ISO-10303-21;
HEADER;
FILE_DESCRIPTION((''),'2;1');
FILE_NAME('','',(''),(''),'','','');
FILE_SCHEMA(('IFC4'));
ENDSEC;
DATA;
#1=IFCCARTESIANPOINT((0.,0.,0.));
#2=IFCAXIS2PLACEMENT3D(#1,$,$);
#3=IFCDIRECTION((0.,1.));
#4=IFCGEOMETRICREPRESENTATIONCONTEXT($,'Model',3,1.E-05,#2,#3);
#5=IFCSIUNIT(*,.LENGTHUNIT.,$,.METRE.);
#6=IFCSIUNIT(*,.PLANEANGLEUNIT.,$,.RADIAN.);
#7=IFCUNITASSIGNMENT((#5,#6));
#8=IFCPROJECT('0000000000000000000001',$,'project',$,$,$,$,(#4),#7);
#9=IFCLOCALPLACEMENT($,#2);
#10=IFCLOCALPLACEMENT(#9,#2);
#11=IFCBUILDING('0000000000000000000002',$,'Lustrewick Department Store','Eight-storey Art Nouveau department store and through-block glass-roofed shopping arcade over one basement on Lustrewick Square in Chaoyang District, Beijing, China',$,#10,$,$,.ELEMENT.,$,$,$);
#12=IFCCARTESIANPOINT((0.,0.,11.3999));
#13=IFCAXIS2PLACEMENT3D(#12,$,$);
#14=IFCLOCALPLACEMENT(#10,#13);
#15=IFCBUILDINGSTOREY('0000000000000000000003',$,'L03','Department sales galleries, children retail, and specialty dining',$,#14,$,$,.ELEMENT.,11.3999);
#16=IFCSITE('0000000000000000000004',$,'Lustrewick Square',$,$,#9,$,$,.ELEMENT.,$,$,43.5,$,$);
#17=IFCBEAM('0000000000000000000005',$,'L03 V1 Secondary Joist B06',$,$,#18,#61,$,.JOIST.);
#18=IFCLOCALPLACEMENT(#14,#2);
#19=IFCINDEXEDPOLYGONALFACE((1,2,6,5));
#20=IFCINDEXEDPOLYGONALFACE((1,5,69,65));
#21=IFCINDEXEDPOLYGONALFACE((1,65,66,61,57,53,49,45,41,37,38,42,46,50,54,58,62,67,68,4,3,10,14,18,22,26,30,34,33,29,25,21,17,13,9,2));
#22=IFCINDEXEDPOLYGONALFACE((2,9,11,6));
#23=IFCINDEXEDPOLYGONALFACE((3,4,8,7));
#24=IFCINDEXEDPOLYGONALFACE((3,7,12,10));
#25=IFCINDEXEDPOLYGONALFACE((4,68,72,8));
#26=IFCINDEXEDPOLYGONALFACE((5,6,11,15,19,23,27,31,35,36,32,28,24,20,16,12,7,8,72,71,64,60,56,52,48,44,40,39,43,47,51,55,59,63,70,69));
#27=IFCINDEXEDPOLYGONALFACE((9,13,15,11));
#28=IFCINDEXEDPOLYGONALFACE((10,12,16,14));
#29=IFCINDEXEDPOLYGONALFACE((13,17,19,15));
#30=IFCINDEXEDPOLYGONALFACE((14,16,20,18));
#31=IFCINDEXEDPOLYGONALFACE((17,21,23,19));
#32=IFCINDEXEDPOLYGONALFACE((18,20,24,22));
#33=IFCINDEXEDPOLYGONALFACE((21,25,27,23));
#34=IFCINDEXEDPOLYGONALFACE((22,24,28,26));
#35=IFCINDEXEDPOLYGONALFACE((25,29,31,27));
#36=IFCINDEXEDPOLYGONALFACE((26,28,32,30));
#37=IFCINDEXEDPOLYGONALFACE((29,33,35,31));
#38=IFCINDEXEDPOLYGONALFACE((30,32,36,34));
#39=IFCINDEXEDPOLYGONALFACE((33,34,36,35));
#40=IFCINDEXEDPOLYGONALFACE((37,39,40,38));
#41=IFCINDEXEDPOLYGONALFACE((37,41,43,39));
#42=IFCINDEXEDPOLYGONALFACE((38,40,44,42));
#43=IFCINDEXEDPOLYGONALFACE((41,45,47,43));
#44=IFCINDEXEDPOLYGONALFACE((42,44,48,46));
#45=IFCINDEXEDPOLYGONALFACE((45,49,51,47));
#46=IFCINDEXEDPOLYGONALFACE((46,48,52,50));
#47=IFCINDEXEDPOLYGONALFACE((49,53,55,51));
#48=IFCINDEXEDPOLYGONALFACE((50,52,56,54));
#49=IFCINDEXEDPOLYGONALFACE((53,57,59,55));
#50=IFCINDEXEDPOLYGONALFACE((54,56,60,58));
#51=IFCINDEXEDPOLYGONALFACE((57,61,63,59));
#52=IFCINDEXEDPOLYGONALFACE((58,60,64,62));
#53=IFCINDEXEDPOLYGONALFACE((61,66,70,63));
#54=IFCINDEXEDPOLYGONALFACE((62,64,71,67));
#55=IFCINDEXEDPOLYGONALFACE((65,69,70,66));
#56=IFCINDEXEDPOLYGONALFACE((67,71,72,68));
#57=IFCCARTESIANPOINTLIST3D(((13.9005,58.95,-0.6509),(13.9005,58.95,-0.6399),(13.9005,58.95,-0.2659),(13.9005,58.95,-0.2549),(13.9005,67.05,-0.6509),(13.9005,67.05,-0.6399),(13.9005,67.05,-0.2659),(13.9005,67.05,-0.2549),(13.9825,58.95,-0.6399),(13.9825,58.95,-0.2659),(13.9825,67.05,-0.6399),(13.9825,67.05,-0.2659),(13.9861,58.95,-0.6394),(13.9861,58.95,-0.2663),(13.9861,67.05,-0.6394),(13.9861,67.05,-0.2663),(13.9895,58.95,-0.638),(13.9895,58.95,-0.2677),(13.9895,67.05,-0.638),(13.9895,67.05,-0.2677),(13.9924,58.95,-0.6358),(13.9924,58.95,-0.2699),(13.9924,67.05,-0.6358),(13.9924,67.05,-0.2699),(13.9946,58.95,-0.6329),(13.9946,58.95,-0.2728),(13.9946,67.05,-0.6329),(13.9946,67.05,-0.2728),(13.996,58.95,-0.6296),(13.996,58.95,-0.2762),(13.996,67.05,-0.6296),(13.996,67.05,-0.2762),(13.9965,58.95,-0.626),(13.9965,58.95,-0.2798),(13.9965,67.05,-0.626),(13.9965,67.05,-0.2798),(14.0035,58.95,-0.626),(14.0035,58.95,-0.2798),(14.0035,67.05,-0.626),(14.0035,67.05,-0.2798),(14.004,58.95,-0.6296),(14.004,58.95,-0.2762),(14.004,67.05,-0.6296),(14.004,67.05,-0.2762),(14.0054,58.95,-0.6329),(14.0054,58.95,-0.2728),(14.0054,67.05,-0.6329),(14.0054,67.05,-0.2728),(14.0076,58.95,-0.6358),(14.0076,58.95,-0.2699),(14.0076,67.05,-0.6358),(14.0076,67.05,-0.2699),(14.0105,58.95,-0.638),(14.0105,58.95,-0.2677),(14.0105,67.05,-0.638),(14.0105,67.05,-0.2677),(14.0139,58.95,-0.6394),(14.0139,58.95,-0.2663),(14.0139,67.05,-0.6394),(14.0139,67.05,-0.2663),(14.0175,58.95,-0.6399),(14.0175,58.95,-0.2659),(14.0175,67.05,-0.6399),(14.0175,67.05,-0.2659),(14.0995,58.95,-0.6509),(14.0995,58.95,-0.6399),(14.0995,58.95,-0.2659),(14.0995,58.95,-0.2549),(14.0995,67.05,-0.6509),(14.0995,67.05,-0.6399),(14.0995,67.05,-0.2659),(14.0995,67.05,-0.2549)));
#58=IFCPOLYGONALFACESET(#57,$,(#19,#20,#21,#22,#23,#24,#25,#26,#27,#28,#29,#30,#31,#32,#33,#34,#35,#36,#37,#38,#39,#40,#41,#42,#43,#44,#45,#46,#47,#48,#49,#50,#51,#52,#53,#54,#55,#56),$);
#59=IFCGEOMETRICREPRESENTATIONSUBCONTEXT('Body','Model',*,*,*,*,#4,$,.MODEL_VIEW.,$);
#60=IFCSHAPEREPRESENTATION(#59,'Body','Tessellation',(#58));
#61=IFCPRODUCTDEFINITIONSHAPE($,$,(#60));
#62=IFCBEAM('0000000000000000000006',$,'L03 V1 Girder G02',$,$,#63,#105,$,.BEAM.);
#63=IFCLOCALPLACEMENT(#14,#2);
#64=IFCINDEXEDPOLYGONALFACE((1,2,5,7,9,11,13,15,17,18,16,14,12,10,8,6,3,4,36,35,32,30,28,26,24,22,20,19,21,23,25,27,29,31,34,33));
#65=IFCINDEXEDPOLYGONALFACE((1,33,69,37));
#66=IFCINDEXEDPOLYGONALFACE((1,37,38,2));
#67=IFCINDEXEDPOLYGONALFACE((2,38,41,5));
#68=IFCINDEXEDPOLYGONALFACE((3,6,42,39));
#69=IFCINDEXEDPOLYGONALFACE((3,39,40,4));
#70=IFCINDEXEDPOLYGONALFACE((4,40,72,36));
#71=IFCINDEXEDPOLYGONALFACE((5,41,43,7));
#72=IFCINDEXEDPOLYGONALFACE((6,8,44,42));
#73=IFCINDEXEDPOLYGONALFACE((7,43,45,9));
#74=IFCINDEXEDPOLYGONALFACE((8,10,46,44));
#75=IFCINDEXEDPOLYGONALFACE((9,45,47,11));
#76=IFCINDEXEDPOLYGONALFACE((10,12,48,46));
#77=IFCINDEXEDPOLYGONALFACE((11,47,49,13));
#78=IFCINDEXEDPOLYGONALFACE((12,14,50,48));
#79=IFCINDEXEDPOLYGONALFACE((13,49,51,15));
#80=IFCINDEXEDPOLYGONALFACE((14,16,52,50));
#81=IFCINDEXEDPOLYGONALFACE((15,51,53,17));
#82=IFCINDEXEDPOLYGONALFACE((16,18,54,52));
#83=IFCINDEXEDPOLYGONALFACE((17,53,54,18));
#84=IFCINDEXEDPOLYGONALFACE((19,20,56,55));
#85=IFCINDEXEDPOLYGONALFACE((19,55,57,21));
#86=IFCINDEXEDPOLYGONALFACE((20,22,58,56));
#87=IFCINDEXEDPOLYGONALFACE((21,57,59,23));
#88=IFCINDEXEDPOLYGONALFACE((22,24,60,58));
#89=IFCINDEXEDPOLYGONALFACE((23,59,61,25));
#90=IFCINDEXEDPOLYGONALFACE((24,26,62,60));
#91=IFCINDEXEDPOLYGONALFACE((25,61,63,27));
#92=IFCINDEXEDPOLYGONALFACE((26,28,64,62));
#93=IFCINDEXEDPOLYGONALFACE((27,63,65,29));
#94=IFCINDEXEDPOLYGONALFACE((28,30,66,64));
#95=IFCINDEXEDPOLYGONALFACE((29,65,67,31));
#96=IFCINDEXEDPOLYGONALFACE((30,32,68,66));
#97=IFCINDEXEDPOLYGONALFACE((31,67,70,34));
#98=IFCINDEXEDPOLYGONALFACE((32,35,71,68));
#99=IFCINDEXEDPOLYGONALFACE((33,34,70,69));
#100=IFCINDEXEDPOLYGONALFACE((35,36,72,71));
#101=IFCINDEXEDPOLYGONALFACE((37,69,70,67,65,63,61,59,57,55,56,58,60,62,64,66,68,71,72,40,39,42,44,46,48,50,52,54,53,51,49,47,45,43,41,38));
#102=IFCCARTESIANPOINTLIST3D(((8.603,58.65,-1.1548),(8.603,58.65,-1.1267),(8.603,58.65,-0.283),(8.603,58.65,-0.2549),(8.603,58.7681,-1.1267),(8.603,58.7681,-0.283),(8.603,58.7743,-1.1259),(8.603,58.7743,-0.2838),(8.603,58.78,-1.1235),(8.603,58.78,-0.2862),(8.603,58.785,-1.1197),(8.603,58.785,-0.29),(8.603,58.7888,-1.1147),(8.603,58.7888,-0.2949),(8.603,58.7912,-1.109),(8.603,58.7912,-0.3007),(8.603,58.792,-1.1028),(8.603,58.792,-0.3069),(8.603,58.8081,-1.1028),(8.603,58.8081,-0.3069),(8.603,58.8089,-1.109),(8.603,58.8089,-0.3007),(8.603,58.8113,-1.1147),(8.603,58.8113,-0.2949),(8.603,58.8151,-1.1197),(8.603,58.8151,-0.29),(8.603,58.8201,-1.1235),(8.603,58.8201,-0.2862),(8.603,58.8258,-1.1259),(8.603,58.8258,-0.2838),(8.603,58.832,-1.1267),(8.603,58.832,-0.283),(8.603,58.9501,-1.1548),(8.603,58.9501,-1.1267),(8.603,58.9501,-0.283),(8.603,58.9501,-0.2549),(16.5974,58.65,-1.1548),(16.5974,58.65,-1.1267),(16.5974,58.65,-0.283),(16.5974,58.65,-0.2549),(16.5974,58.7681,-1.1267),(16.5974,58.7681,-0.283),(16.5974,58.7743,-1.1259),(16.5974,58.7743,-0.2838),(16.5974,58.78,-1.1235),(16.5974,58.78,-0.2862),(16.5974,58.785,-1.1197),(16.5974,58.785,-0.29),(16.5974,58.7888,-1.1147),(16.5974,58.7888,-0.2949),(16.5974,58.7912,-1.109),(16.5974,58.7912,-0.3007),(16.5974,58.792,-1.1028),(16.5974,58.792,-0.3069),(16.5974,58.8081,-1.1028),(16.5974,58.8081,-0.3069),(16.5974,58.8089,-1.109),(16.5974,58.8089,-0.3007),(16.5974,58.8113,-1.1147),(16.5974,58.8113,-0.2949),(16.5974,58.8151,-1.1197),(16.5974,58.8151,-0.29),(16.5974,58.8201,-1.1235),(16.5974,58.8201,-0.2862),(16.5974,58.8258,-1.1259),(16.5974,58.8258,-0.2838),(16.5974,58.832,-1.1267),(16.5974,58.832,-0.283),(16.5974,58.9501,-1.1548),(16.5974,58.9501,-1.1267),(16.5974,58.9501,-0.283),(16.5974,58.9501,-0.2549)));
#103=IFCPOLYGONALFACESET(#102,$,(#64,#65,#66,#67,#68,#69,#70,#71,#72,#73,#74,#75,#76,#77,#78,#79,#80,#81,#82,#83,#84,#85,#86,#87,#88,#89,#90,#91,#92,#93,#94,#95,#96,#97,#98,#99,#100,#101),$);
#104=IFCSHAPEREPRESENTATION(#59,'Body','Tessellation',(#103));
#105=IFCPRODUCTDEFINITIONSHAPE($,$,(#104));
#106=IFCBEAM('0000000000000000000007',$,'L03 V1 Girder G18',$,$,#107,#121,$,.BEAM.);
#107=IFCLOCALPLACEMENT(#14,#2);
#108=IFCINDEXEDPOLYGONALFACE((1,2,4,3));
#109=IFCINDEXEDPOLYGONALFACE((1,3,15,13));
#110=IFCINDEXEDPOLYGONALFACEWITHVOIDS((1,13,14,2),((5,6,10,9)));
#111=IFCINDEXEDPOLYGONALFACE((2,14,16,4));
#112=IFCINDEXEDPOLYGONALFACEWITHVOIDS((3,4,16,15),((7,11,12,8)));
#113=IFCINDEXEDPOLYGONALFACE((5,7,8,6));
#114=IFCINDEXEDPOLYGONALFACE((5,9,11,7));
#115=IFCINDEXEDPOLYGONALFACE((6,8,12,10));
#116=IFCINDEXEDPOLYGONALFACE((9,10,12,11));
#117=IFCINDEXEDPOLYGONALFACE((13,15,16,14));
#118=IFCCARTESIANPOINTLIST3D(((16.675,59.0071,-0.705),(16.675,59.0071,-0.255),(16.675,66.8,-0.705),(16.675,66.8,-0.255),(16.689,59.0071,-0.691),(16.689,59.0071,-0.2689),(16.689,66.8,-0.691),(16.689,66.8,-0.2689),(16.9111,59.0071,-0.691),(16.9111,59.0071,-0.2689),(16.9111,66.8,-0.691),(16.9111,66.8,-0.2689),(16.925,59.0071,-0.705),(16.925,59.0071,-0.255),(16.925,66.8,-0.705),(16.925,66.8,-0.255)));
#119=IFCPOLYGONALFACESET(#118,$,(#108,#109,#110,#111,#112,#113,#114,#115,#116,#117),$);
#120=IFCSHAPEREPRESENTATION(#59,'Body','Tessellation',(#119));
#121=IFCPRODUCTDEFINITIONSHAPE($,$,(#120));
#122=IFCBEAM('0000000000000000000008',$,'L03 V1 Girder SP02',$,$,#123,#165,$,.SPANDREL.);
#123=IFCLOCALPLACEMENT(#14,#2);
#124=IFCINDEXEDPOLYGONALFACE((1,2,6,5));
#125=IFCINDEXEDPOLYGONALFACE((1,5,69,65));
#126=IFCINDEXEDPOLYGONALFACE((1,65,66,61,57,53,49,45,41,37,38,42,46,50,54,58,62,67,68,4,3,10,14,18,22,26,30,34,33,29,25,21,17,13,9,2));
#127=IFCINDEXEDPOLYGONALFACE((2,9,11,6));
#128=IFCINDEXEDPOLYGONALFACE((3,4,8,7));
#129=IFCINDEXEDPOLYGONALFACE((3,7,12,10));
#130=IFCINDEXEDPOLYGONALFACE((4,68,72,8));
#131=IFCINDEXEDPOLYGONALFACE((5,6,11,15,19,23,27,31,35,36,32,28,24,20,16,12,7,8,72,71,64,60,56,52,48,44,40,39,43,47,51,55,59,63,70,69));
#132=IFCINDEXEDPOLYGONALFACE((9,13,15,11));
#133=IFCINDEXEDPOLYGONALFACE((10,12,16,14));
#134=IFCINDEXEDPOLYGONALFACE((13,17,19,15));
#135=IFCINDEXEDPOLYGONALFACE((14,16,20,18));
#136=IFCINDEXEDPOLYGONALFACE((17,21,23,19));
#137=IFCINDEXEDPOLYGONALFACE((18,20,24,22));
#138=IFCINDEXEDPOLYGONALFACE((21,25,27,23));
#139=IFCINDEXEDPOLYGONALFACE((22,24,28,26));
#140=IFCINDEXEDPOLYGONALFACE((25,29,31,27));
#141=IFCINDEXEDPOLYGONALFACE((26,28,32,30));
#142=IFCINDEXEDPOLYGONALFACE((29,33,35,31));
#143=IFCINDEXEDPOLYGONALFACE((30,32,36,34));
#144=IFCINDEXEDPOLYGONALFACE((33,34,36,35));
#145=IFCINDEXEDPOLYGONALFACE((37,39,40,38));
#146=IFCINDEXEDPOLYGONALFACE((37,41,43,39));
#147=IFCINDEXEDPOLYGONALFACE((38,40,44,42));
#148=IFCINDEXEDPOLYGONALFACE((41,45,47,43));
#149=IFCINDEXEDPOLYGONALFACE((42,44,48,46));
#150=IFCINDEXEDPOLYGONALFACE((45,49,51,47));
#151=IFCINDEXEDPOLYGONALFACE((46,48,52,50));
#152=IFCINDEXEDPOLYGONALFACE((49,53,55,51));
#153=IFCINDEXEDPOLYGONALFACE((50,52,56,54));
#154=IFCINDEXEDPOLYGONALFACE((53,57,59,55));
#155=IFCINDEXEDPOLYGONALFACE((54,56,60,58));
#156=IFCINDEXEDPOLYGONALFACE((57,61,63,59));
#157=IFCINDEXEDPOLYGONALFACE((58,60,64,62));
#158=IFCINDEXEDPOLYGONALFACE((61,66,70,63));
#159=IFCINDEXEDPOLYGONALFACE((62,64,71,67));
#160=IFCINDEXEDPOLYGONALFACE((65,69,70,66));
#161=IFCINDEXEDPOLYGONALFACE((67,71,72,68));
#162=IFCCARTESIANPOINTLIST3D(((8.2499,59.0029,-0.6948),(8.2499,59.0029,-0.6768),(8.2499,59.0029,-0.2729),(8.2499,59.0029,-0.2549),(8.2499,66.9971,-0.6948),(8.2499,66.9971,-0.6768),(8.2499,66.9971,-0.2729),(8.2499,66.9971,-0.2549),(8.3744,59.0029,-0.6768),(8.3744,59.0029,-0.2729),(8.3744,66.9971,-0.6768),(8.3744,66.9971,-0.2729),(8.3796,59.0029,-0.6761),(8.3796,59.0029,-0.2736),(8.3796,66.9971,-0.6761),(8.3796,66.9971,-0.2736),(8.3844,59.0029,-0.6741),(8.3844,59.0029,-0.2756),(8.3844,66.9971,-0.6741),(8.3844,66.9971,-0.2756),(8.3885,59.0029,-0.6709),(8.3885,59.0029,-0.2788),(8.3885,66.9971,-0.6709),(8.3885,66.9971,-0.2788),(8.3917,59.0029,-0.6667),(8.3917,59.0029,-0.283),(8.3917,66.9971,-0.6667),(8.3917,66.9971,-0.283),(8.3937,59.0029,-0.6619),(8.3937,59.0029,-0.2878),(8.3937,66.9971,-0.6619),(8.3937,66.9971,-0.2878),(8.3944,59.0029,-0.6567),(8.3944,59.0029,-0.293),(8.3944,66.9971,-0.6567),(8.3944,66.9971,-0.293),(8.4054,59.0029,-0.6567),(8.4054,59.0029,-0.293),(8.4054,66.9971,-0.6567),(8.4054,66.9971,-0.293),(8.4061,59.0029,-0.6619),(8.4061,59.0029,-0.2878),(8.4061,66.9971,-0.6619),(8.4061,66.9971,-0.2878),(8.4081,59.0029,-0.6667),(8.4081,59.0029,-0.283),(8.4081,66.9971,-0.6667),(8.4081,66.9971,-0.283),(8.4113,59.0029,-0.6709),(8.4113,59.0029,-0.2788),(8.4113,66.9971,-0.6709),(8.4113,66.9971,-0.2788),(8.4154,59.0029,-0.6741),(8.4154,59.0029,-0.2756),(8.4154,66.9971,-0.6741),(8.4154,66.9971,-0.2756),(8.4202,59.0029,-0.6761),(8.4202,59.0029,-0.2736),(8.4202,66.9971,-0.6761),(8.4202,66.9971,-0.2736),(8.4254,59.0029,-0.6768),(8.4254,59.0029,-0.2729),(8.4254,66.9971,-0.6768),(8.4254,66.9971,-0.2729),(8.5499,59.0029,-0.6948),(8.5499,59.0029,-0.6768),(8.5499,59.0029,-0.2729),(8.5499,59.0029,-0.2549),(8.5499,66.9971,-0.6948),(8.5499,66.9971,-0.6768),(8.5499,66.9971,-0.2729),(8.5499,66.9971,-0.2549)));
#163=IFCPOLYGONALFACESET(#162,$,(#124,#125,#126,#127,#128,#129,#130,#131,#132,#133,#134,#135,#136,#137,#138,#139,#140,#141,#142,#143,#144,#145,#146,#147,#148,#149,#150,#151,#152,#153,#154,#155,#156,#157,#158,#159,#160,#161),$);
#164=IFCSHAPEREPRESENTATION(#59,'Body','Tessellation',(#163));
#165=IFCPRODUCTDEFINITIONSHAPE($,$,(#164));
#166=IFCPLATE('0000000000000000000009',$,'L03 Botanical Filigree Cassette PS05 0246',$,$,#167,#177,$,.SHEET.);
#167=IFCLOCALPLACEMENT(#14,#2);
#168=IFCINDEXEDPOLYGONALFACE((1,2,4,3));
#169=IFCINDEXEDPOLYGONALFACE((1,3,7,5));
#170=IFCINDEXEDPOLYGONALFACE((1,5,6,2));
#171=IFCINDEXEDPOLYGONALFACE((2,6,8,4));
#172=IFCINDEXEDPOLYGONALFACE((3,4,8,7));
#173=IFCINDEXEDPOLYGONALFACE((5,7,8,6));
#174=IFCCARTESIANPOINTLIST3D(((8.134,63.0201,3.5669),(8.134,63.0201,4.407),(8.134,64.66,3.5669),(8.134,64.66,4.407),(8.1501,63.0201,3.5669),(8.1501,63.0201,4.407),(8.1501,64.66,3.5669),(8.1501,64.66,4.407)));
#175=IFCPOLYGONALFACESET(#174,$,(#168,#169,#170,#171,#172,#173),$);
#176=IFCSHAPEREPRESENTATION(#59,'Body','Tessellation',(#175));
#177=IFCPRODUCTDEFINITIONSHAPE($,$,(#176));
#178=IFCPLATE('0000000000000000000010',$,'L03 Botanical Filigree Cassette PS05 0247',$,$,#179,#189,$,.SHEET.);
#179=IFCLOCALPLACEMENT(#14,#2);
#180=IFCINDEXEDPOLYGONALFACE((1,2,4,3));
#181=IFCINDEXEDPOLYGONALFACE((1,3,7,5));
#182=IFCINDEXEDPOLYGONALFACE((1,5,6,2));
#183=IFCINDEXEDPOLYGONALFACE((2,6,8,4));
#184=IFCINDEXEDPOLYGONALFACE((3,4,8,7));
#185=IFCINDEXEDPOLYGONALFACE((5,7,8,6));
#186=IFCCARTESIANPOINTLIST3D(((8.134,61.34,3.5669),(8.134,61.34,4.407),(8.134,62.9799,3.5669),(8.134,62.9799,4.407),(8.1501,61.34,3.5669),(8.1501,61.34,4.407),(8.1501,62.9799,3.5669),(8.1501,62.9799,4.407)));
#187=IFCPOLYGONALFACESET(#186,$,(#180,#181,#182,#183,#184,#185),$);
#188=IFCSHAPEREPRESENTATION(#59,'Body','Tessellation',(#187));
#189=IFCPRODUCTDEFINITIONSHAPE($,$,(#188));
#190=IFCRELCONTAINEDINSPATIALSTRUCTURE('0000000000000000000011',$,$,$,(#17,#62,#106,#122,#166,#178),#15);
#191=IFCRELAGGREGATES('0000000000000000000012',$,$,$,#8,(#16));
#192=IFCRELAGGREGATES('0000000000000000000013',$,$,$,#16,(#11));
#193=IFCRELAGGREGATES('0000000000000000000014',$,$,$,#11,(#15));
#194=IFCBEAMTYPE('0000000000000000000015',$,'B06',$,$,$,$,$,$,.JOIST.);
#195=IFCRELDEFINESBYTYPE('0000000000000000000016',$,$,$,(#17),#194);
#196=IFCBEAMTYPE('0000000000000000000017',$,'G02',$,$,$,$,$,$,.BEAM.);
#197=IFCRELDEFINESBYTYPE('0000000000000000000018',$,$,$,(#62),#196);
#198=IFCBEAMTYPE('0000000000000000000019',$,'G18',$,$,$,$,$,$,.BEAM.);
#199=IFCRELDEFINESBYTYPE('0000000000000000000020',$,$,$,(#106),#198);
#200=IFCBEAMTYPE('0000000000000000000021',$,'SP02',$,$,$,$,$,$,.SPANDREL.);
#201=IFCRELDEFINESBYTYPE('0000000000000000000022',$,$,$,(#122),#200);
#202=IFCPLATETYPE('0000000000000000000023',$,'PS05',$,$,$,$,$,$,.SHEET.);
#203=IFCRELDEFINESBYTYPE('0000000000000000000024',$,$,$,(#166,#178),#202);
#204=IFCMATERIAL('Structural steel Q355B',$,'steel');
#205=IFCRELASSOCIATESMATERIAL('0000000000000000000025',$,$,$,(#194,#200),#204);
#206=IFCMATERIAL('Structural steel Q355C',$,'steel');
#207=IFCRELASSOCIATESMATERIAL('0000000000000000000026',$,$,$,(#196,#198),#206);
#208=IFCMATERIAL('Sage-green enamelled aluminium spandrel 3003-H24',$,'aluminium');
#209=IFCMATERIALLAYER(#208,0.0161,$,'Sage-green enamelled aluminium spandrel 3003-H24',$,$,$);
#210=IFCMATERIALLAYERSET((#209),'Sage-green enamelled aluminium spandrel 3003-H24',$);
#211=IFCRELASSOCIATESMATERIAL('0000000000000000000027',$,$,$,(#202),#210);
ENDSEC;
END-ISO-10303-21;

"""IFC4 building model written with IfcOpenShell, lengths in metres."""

from ifc_helpers import new_model, si_unit, direction, frame, origin, origin_2d, place, context, subcontext, project, spatial, rectangle, hollow_rectangle, i_section, extrude, material, layer, layer_set, material_profile, profile_set, type_object, element, save


model = new_model("IFC4")

# Units and contexts
model_context = context("Model", 3, precision=1e-05, world=origin(), true_north=direction((0.0, 1.0)))
body_context = subcontext(model_context, "Body", "Model", "MODEL_VIEW")
ifc_project = project(units=[si_unit("LENGTHUNIT", "METRE"), si_unit("PLANEANGLEUNIT", "RADIAN")], contexts=[model_context])

# Site, building, storey
site_placement = place(None, origin())
site = spatial("IfcSite", under=ifc_project, at=site_placement, Name="Lustrewick Square", CompositionType="ELEMENT", RefElevation=43.5)
building_placement = place(site_placement, origin())
building = spatial("IfcBuilding", under=site, at=building_placement, Name="Lustrewick Department Store", Description="Eight-storey Art Nouveau department store and through-block glass-roofed shopping arcade over one basement on Lustrewick Square in Chaoyang District, Beijing, China", CompositionType="ELEMENT")
storey_placement = place(building_placement, frame((0.0, 0.0, 11.3999)))
storey = spatial("IfcBuildingStorey", under=building, at=storey_placement, Name="L03", Description="Department sales galleries, children retail, and specialty dining", CompositionType="ELEMENT", Elevation=11.3999)

# Shared definitions
ifc_material_1 = material(Name="Structural steel Q355B", Category="steel")
ifc_material_2 = material(Name="Structural steel Q355C", Category="steel")

# Beams
ifc_material_profile_1 = material_profile(ifc_material_1, i_section(OverallWidth=0.199, OverallDepth=0.396, WebThickness=0.0071, FlangeThickness=0.011, FilletRadius=0.0139, at=origin_2d()), Name="HN 396x199x7x11")
ifc_profile_set_1 = profile_set([ifc_material_profile_1], Name="Structural steel Q355B")
beam_type_1 = type_object("IfcBeamType", Name="B06", PredefinedType="JOIST", material=ifc_profile_set_1)
beam_1_placement = place(storey_placement, frame((14.0, 58.95, -0.4529), z_axis=(0.0, 1.0, 0.0), x_axis=(-1.0, 0.0, 0.0)))
element("IfcBeam", 1, at=beam_1_placement, inside=storey, type_object=beam_type_1, Name="L03 V1 Secondary Joist B06", PredefinedType="JOIST", context=body_context, shape_type="SweptSolid", body=[
    extrude(i_section(OverallWidth=0.199, OverallDepth=0.396, WebThickness=0.0071, FlangeThickness=0.011, FilletRadius=0.0139, at=origin_2d()), origin(), (0.0, 0.0, 1.0), 8.1001),
])
ifc_material_profile_2 = material_profile(ifc_material_2, i_section(OverallWidth=0.3, OverallDepth=0.8999, WebThickness=0.0161, FlangeThickness=0.0281, FilletRadius=0.0239, at=origin_2d()), Name="HN 900x300x16x28")
ifc_profile_set_2 = profile_set([ifc_material_profile_2], Name="Structural steel Q355C")
beam_type_2 = type_object("IfcBeamType", Name="G02", PredefinedType="BEAM", material=ifc_profile_set_2)
beam_2_placement = place(storey_placement, frame((8.603, 58.8, -0.7048), z_axis=(1.0, 0.0, 0.0), x_axis=(0.0, 1.0, 0.0)))
element("IfcBeam", 2, at=beam_2_placement, inside=storey, type_object=beam_type_2, Name="L03 V1 Girder G02", PredefinedType="BEAM", context=body_context, shape_type="SweptSolid", body=[
    extrude(i_section(OverallWidth=0.3, OverallDepth=0.8999, WebThickness=0.0161, FlangeThickness=0.0281, FilletRadius=0.0239, at=origin_2d()), origin(), (0.0, 0.0, 1.0), 7.9944),
])
ifc_material_profile_3 = material_profile(ifc_material_2, hollow_rectangle(XDim=0.25, YDim=0.45, WallThickness=0.0139, at=origin_2d()), Name="RHS 450x250x14")
ifc_profile_set_3 = profile_set([ifc_material_profile_3], Name="Structural steel Q355C")
beam_type_3 = type_object("IfcBeamType", Name="G18", PredefinedType="BEAM", material=ifc_profile_set_3)
beam_3_placement = place(storey_placement, frame((16.8, 59.0071, -0.48), z_axis=(0.0, 1.0, 0.0), x_axis=(-1.0, 0.0, 0.0)))
element("IfcBeam", 3, at=beam_3_placement, inside=storey, type_object=beam_type_3, Name="L03 V1 Girder G18", PredefinedType="BEAM", context=body_context, shape_type="SweptSolid", body=[
    extrude(hollow_rectangle(XDim=0.25, YDim=0.45, WallThickness=0.0139, at=origin_2d()), origin(), (0.0, 0.0, 1.0), 7.793),
])
ifc_material_profile_4 = material_profile(ifc_material_1, i_section(OverallWidth=0.3, OverallDepth=0.4399, WebThickness=0.011, FlangeThickness=0.0181, FilletRadius=0.02, at=origin_2d()), Name="HM 440x300x11x18")
ifc_profile_set_4 = profile_set([ifc_material_profile_4], Name="Structural steel Q355B")
beam_type_4 = type_object("IfcBeamType", Name="SP02", PredefinedType="SPANDREL", material=ifc_profile_set_4)
beam_4_placement = place(storey_placement, frame((8.3999, 59.0029, -0.4749), z_axis=(0.0, 1.0, 0.0), x_axis=(-1.0, 0.0, 0.0)))
element("IfcBeam", 4, at=beam_4_placement, inside=storey, type_object=beam_type_4, Name="L03 V1 Girder SP02", PredefinedType="SPANDREL", context=body_context, shape_type="SweptSolid", body=[
    extrude(i_section(OverallWidth=0.3, OverallDepth=0.4399, WebThickness=0.011, FlangeThickness=0.0181, FilletRadius=0.02, at=origin_2d()), origin(), (0.0, 0.0, 1.0), 7.9941),
])

# Plates
ifc_material_3 = material(Name="Sage-green enamelled aluminium spandrel 3003-H24", Category="aluminium")
ifc_layer_1 = layer(ifc_material_3, 0.0161, Name="Sage-green enamelled aluminium spandrel 3003-H24")
ifc_layer_set_1 = layer_set([ifc_layer_1], Name="Sage-green enamelled aluminium spandrel 3003-H24")
plate_type = type_object("IfcPlateType", Name="PS05", PredefinedType="SHEET", material=ifc_layer_set_1)
for number, where, z_axis, x_axis, name in (
    (5, (8.1421, 63.8401, 3.5669), (0.0, 0.0, 1.0), (0.0, -1.0, 0.0), "L03 Botanical Filigree Cassette PS05 0246"),
    (6, (8.1421, 62.1599, 3.5669), (0.0, 0.0, 1.0), (0.0, -1.0, 0.0), "L03 Botanical Filigree Cassette PS05 0247"),
):
    element("IfcPlate", number, at=place(storey_placement, frame(where, z_axis=z_axis, x_axis=x_axis)), inside=storey, type_object=plate_type, Name=name, PredefinedType="SHEET", context=body_context, shape_type="SweptSolid", body=[
        extrude(rectangle(XDim=1.6399, YDim=0.0161, at=origin_2d()), origin(), (0.0, 0.0, 1.0), 0.8401),
    ])

save(model, "model.ifc")
